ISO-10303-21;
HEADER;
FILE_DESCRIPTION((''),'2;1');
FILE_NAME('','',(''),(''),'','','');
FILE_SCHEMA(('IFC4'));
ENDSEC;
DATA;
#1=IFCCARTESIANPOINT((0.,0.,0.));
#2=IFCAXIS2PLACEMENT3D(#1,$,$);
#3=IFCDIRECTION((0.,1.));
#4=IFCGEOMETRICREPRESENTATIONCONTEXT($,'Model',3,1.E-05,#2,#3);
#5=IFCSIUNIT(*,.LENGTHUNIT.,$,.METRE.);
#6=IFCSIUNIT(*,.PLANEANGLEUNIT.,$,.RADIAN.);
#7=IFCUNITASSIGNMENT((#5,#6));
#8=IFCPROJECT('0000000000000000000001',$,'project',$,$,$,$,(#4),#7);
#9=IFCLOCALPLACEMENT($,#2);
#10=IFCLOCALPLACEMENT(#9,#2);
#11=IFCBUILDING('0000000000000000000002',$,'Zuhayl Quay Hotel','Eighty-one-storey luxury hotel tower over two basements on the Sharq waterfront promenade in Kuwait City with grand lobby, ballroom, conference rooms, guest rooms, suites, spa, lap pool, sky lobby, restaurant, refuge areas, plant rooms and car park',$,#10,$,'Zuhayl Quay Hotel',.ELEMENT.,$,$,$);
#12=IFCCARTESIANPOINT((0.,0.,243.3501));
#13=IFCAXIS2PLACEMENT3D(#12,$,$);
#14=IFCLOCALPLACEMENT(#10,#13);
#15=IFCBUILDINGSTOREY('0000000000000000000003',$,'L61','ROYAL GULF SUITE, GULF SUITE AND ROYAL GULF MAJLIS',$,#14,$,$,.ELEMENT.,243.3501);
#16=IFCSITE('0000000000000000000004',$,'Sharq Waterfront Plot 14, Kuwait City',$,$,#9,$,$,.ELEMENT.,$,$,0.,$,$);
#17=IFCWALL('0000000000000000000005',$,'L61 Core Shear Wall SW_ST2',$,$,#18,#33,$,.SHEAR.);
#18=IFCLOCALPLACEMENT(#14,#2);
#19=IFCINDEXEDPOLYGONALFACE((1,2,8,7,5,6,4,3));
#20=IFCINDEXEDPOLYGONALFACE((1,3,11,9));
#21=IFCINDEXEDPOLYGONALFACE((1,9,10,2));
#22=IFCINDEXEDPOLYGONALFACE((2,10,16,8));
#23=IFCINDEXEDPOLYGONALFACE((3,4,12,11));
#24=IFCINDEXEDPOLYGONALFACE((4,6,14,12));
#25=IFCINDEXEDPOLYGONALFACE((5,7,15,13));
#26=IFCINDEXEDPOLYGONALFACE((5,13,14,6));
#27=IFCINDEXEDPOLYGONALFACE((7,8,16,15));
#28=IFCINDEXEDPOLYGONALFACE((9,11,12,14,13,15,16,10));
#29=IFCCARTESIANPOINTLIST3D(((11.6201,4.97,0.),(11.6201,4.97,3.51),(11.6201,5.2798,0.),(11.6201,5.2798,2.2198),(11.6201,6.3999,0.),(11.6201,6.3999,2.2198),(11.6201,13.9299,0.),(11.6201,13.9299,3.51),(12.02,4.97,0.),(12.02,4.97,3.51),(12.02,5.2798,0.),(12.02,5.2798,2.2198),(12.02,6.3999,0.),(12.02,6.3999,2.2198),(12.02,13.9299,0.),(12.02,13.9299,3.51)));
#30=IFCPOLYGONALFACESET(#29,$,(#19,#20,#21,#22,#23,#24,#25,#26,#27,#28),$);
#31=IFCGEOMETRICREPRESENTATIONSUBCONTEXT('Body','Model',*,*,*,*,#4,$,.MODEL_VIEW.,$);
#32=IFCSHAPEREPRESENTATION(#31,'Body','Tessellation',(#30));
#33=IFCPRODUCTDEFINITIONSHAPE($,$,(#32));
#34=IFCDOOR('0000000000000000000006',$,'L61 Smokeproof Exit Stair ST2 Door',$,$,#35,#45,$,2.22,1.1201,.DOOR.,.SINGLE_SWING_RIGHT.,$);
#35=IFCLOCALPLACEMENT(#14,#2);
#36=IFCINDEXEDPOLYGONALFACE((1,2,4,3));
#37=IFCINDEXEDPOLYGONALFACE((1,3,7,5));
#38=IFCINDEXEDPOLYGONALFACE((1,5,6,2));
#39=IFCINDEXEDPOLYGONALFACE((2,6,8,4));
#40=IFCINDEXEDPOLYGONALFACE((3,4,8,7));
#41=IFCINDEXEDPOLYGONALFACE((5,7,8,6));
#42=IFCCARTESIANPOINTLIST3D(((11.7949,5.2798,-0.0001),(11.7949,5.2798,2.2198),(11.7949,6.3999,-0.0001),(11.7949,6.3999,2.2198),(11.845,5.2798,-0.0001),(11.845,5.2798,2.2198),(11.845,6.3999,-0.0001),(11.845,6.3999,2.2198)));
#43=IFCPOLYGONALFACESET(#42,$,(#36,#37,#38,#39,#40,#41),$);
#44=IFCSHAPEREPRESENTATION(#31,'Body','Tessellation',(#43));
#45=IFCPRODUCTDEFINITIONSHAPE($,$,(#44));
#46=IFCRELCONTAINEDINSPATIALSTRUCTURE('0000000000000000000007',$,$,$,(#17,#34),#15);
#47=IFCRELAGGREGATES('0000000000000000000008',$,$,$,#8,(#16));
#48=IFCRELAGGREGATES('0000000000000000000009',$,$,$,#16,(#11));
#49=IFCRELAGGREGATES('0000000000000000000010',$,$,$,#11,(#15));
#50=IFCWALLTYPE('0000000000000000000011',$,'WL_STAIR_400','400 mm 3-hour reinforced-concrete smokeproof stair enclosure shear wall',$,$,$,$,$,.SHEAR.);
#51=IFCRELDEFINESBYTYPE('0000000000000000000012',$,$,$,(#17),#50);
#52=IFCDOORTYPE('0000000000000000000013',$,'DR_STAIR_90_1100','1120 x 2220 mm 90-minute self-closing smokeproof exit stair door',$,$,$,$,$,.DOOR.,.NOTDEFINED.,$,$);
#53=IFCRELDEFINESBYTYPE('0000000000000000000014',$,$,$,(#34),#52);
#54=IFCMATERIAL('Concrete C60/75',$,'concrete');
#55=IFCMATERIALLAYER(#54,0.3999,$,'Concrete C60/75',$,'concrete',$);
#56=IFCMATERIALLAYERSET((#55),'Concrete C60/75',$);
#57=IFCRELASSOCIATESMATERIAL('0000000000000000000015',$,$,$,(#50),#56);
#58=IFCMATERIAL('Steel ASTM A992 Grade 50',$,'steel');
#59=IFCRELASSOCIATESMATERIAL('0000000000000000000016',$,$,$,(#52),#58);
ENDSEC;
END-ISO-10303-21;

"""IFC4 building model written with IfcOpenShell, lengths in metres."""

from ifc_helpers import new_model, si_unit, direction, frame, frame_2d, origin, place, context, subcontext, project, spatial, rectangle, extrude, material, layer, layer_set, type_object, element, fill, save


model = new_model("IFC4")

# Units and contexts
model_context = context("Model", 3, precision=1e-05, world=origin(), true_north=direction((0.0, 1.0)))
body_context = subcontext(model_context, "Body", "Model", "MODEL_VIEW")
ifc_project = project(units=[si_unit("LENGTHUNIT", "METRE"), si_unit("PLANEANGLEUNIT", "RADIAN")], contexts=[model_context])

# Site, building, storey
site_placement = place(None, origin())
site = spatial("IfcSite", under=ifc_project, at=site_placement, Name="Sharq Waterfront Plot 14, Kuwait City", CompositionType="ELEMENT", RefElevation=0.0)
building_placement = place(site_placement, origin())
building = spatial("IfcBuilding", under=site, at=building_placement, Name="Zuhayl Quay Hotel", Description="Eighty-one-storey luxury hotel tower over two basements on the Sharq waterfront promenade in Kuwait City with grand lobby, ballroom, conference rooms, guest rooms, suites, spa, lap pool, sky lobby, restaurant, refuge areas, plant rooms and car park", LongName="Zuhayl Quay Hotel", CompositionType="ELEMENT")
storey_placement = place(building_placement, frame((0.0, 0.0, 243.3501)))
storey = spatial("IfcBuildingStorey", under=building, at=storey_placement, Name="L61", Description="ROYAL GULF SUITE, GULF SUITE AND ROYAL GULF MAJLIS", CompositionType="ELEMENT", Elevation=243.3501)

# Shared definitions
ifc_material_1 = material(Name="Concrete C60/75", Category="concrete")

# Shared definitions
ifc_material_2 = material(Name="Steel ASTM A992 Grade 50", Category="steel")

# Wall, opening, door
ifc_layer_1 = layer(ifc_material_1, 0.3999, Name="Concrete C60/75", Category="concrete")
ifc_layer_set_1 = layer_set([ifc_layer_1], Name="Concrete C60/75")
wall_type_1 = type_object("IfcWallType", Name="WL_STAIR_400", Description="400 mm 3-hour reinforced-concrete smokeproof stair enclosure shear wall", PredefinedType="SHEAR", material=ifc_layer_set_1)
wall_1_placement = place(storey_placement, frame((11.8201, 13.9299, 0.0), z_axis=(0.0, 0.0, 1.0), x_axis=(0.0, -1.0, 0.0)))
wall_1 = element("IfcWall", 1, at=wall_1_placement, inside=storey, type_object=wall_type_1, Name="L61 Core Shear Wall SW_ST2", PredefinedType="SHEAR", context=body_context, shape_type="SweptSolid", body=[
    extrude(rectangle(XDim=8.96, YDim=0.3999, at=frame_2d((4.48, 0.0))), origin(), (0.0, 0.0, 1.0), 3.51),
])
opening_1_placement = place(wall_1_placement, frame((7.53, 0.0, 0.0)))
opening_1 = element("IfcOpeningElement", 2, at=opening_1_placement, cuts=wall_1, PredefinedType="OPENING", context=body_context, shape_type="SweptSolid", body=[
    extrude(rectangle(XDim=1.1201, YDim=2.22, at=frame_2d((0.5601, 1.1099))), frame((0.0, 0.21, 0.0), z_axis=(0.0, -1.0, 0.0), x_axis=(1.0, 0.0, 0.0)), (0.0, 0.0, 1.0), 0.4199),
])
door_type_1 = type_object("IfcDoorType", Name="DR_STAIR_90_1100", Description="1120 x 2220 mm 90-minute self-closing smokeproof exit stair door", OperationType="NOTDEFINED", PredefinedType="DOOR", material=ifc_material_2)
door_1_placement = place(opening_1_placement, origin())
door_1 = element("IfcDoor", 3, at=door_1_placement, inside=storey, type_object=door_type_1, Name="L61 Smokeproof Exit Stair ST2 Door", OperationType="SINGLE_SWING_RIGHT", OverallHeight=2.22, OverallWidth=1.1201, PredefinedType="DOOR", context=body_context, shape_type="SweptSolid", body=[
    extrude(rectangle(XDim=1.1201, YDim=2.22, at=frame_2d((0.5601, 1.1099))), frame((0.0, 0.0249, 0.0), z_axis=(0.0, -1.0, 0.0), x_axis=(1.0, 0.0, 0.0)), (0.0, 0.0, 1.0), 0.05),
])
fill(opening_1, door_1)

save(model, "model.ifc")
